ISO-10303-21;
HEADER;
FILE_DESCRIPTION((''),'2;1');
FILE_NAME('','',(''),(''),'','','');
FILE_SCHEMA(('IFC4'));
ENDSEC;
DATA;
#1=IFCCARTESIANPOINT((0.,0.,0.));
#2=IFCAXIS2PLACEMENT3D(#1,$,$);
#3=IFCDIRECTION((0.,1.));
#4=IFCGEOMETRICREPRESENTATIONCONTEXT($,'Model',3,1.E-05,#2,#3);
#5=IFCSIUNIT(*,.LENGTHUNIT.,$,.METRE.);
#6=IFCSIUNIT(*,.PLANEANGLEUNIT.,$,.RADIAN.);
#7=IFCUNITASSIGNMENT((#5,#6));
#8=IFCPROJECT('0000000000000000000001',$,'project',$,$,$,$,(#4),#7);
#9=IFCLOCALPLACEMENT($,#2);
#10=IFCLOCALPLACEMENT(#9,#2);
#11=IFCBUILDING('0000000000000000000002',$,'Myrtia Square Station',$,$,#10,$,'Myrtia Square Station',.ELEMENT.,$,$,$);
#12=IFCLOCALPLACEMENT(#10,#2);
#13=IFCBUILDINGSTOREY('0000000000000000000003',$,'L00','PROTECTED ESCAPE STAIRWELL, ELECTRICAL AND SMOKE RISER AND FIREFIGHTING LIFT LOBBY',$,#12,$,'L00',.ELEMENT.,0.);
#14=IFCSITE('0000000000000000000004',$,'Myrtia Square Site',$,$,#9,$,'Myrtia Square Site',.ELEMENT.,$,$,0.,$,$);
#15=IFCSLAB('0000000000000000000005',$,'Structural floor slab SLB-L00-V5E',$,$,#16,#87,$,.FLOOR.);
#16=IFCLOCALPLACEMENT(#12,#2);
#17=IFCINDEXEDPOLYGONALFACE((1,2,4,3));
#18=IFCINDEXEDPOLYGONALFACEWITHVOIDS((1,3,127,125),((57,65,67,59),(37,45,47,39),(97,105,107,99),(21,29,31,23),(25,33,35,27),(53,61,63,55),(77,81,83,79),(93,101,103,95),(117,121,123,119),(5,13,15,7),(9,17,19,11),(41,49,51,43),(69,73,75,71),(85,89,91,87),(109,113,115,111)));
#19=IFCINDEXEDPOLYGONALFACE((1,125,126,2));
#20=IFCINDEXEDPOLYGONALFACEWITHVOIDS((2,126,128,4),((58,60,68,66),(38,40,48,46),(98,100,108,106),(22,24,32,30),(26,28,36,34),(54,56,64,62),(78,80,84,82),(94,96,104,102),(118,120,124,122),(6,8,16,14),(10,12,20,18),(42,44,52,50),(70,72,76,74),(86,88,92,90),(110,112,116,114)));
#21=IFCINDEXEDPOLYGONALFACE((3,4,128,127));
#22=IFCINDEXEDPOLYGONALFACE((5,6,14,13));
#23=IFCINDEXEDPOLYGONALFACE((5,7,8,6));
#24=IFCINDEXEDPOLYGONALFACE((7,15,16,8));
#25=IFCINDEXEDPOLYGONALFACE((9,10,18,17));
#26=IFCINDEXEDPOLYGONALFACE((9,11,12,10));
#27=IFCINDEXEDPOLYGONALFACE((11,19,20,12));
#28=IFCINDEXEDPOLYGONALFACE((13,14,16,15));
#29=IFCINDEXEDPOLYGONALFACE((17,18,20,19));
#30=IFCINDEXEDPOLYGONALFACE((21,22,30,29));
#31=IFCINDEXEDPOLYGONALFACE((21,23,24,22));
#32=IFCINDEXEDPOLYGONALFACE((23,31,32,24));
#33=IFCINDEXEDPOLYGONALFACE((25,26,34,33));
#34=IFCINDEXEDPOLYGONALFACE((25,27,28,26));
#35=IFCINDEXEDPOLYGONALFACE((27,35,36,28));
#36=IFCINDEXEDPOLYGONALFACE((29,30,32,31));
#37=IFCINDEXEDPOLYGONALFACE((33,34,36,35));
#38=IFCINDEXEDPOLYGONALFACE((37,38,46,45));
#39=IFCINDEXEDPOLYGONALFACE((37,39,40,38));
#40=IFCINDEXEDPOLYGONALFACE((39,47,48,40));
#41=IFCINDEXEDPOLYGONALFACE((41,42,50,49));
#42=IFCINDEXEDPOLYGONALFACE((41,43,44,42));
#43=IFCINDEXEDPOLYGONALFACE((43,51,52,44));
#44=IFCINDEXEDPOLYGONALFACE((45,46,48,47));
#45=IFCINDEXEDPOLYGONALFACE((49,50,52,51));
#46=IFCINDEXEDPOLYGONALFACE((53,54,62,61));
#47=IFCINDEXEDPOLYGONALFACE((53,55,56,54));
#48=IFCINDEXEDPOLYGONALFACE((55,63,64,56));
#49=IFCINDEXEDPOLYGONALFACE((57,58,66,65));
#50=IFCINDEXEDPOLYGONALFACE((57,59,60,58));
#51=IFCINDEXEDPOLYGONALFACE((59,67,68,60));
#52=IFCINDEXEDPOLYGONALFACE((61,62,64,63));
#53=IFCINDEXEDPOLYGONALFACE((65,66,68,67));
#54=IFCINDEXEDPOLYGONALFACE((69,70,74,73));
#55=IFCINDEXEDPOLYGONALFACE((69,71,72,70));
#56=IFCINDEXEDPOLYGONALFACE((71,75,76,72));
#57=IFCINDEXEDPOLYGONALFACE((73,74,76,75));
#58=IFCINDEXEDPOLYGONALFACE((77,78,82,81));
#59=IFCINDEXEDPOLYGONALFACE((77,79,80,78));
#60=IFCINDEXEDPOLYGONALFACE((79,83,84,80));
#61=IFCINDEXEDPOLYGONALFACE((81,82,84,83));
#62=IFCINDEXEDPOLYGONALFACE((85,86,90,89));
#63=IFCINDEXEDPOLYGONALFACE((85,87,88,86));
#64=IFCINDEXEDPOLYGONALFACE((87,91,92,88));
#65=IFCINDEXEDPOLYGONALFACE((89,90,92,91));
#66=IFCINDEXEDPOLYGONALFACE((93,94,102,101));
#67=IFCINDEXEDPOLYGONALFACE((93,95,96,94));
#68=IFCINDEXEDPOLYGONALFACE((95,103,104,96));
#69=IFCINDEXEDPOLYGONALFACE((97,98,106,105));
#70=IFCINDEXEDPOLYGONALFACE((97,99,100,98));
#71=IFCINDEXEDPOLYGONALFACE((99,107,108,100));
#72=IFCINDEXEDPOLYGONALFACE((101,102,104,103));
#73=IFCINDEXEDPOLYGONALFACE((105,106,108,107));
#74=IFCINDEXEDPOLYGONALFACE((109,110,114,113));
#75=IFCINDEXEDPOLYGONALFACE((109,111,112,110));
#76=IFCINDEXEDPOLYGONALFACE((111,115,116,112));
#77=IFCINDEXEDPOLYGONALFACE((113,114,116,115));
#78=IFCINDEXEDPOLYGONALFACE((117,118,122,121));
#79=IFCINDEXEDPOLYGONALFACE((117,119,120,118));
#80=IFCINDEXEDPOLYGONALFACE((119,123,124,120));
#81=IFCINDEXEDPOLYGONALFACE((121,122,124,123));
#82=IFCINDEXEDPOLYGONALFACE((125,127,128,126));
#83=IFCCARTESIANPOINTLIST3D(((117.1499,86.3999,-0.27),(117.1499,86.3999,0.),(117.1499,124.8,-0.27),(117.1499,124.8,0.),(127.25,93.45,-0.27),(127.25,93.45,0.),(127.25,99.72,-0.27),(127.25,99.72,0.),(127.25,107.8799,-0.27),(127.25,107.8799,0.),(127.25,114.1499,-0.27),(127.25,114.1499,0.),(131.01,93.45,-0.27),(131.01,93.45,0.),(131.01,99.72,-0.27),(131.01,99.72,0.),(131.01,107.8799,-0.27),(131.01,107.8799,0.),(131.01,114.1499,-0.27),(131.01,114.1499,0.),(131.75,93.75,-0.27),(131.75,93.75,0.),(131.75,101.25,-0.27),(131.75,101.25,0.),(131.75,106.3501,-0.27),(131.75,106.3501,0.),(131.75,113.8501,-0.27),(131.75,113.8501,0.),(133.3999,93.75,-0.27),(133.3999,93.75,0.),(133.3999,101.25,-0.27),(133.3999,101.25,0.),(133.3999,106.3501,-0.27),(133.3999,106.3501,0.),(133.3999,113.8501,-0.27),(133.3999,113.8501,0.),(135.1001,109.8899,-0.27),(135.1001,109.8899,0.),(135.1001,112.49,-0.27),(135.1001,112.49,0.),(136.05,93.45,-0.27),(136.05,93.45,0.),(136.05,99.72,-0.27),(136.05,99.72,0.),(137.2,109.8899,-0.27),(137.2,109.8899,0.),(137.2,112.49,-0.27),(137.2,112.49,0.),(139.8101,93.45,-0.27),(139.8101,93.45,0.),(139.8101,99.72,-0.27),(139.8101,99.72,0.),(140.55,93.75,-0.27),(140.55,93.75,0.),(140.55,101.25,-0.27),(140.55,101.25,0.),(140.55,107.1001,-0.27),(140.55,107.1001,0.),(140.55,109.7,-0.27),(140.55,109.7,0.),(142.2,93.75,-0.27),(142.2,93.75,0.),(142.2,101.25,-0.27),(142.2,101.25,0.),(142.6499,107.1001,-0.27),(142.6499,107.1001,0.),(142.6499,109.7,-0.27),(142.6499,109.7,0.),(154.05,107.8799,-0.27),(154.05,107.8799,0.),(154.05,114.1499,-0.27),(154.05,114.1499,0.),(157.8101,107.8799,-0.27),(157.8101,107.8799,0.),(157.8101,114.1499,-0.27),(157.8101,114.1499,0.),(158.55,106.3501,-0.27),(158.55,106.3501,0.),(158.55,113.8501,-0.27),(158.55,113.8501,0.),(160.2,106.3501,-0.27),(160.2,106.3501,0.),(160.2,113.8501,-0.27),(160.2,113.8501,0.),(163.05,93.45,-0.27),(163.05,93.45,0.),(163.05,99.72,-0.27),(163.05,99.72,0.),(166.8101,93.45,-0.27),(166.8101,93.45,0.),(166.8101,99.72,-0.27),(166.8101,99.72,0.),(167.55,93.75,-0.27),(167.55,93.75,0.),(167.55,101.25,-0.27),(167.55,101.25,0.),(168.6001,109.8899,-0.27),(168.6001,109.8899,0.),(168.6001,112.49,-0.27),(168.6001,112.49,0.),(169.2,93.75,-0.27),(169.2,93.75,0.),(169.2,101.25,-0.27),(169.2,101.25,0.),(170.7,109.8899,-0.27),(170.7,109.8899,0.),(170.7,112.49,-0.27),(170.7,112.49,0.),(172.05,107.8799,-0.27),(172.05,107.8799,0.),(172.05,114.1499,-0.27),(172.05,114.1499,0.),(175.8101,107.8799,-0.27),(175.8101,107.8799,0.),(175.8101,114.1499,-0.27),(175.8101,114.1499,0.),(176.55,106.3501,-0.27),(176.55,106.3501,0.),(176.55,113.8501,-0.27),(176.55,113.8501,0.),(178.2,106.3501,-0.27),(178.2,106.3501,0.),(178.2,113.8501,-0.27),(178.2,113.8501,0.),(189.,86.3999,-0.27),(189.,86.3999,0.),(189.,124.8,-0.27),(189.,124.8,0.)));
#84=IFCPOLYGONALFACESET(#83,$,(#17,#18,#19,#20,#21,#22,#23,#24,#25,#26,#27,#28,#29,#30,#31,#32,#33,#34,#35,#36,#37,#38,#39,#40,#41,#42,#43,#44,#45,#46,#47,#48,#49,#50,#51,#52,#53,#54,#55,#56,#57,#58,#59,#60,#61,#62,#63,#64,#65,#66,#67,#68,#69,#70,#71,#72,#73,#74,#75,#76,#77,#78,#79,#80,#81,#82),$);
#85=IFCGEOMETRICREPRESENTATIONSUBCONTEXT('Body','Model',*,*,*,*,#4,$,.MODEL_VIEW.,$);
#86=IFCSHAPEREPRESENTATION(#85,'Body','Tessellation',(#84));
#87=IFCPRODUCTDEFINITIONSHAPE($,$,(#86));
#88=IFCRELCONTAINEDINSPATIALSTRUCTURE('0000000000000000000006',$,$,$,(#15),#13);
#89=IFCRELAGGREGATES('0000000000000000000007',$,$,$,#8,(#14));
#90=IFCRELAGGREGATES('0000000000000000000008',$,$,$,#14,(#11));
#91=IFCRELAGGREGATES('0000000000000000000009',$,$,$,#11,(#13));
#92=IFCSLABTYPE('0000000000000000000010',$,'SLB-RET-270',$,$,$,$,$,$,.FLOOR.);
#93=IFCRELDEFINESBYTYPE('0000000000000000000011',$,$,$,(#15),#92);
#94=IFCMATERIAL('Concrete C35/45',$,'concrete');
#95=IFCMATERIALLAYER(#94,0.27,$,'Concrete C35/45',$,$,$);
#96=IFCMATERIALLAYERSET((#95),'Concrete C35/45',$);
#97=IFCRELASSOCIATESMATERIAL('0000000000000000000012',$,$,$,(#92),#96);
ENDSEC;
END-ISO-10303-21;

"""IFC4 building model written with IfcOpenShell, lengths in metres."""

from ifc_helpers import new_model, si_unit, direction, frame, origin, place, context, subcontext, project, spatial, polyline, outline, extrude, material, layer, layer_set, type_object, element, save


model = new_model("IFC4")

# Units and contexts
model_context = context("Model", 3, precision=1e-05, world=origin(), true_north=direction((0.0, 1.0)))
body_context = subcontext(model_context, "Body", "Model", "MODEL_VIEW")
ifc_project = project(units=[si_unit("LENGTHUNIT", "METRE"), si_unit("PLANEANGLEUNIT", "RADIAN")], contexts=[model_context])

# Site, building, storey
site_placement = place(None, origin())
site = spatial("IfcSite", under=ifc_project, at=site_placement, Name="Myrtia Square Site", LongName="Myrtia Square Site", CompositionType="ELEMENT", RefElevation=0.0)
building_placement = place(site_placement, origin())
building = spatial("IfcBuilding", under=site, at=building_placement, Name="Myrtia Square Station", LongName="Myrtia Square Station", CompositionType="ELEMENT")
storey_placement = place(building_placement, origin())
storey = spatial("IfcBuildingStorey", under=building, at=storey_placement, Name="L00", Description="PROTECTED ESCAPE STAIRWELL, ELECTRICAL AND SMOKE RISER AND FIREFIGHTING LIFT LOBBY", LongName="L00", CompositionType="ELEMENT", Elevation=0.0)

# Shared definitions
ifc_material = material(Name="Concrete C35/45", Category="concrete")

# Slab
ifc_layer_1 = layer(ifc_material, 0.27, Name="Concrete C35/45")
ifc_layer_set_1 = layer_set([ifc_layer_1], Name="Concrete C35/45")
slab_type_1 = type_object("IfcSlabType", Name="SLB-RET-270", PredefinedType="FLOOR", material=ifc_layer_set_1)
slab_1_placement = place(storey_placement, frame((0.0, 0.0, -0.27)))
element("IfcSlab", 1, at=slab_1_placement, inside=storey, type_object=slab_type_1, Name="Structural floor slab SLB-L00-V5E", PredefinedType="FLOOR", context=body_context, shape_type="SweptSolid", body=[
    extrude(outline(polyline([(117.1499, 86.3999), (189.0, 86.3999), (189.0, 124.8), (117.1499, 124.8), (117.1499, 86.3999)]), holes=[polyline([(131.75, 106.3501), (131.75, 113.8501), (133.3999, 113.8501), (133.3999, 106.3501), (131.75, 106.3501)]), polyline([(176.55, 106.3501), (176.55, 113.8501), (178.2, 113.8501), (178.2, 106.3501), (176.55, 106.3501)]), polyline([(131.75, 93.75), (131.75, 101.25), (133.3999, 101.25), (133.3999, 93.75), (131.75, 93.75)]), polyline([(140.55, 93.75), (140.55, 101.25), (142.2, 101.25), (142.2, 93.75), (140.55, 93.75)]), polyline([(158.55, 106.3501), (158.55, 113.8501), (160.2, 113.8501), (160.2, 106.3501), (158.55, 106.3501)]), polyline([(167.55, 93.75), (167.55, 101.25), (169.2, 101.25), (169.2, 93.75), (167.55, 93.75)]), polyline([(127.25, 107.8799), (127.25, 114.1499), (131.01, 114.1499), (131.01, 107.8799), (127.25, 107.8799)]), polyline([(172.05, 107.8799), (172.05, 114.1499), (175.8101, 114.1499), (175.8101, 107.8799), (172.05, 107.8799)]), polyline([(127.25, 93.45), (127.25, 99.72), (131.01, 99.72), (131.01, 93.45), (127.25, 93.45)]), polyline([(136.05, 93.45), (136.05, 99.72), (139.8101, 99.72), (139.8101, 93.45), (136.05, 93.45)]), polyline([(154.05, 107.8799), (154.05, 114.1499), (157.8101, 114.1499), (157.8101, 107.8799), (154.05, 107.8799)]), polyline([(163.05, 93.45), (163.05, 99.72), (166.8101, 99.72), (166.8101, 93.45), (163.05, 93.45)]), polyline([(140.55, 107.1001), (140.55, 109.7), (142.6499, 109.7), (142.6499, 107.1001), (140.55, 107.1001)]), polyline([(135.1001, 109.8899), (135.1001, 112.49), (137.2, 112.49), (137.2, 109.8899), (135.1001, 109.8899)]), polyline([(168.6001, 109.8899), (168.6001, 112.49), (170.7, 112.49), (170.7, 109.8899), (168.6001, 109.8899)])]), origin(), (0.0, 0.0, 1.0), 0.27),
])

save(model, "model.ifc")
